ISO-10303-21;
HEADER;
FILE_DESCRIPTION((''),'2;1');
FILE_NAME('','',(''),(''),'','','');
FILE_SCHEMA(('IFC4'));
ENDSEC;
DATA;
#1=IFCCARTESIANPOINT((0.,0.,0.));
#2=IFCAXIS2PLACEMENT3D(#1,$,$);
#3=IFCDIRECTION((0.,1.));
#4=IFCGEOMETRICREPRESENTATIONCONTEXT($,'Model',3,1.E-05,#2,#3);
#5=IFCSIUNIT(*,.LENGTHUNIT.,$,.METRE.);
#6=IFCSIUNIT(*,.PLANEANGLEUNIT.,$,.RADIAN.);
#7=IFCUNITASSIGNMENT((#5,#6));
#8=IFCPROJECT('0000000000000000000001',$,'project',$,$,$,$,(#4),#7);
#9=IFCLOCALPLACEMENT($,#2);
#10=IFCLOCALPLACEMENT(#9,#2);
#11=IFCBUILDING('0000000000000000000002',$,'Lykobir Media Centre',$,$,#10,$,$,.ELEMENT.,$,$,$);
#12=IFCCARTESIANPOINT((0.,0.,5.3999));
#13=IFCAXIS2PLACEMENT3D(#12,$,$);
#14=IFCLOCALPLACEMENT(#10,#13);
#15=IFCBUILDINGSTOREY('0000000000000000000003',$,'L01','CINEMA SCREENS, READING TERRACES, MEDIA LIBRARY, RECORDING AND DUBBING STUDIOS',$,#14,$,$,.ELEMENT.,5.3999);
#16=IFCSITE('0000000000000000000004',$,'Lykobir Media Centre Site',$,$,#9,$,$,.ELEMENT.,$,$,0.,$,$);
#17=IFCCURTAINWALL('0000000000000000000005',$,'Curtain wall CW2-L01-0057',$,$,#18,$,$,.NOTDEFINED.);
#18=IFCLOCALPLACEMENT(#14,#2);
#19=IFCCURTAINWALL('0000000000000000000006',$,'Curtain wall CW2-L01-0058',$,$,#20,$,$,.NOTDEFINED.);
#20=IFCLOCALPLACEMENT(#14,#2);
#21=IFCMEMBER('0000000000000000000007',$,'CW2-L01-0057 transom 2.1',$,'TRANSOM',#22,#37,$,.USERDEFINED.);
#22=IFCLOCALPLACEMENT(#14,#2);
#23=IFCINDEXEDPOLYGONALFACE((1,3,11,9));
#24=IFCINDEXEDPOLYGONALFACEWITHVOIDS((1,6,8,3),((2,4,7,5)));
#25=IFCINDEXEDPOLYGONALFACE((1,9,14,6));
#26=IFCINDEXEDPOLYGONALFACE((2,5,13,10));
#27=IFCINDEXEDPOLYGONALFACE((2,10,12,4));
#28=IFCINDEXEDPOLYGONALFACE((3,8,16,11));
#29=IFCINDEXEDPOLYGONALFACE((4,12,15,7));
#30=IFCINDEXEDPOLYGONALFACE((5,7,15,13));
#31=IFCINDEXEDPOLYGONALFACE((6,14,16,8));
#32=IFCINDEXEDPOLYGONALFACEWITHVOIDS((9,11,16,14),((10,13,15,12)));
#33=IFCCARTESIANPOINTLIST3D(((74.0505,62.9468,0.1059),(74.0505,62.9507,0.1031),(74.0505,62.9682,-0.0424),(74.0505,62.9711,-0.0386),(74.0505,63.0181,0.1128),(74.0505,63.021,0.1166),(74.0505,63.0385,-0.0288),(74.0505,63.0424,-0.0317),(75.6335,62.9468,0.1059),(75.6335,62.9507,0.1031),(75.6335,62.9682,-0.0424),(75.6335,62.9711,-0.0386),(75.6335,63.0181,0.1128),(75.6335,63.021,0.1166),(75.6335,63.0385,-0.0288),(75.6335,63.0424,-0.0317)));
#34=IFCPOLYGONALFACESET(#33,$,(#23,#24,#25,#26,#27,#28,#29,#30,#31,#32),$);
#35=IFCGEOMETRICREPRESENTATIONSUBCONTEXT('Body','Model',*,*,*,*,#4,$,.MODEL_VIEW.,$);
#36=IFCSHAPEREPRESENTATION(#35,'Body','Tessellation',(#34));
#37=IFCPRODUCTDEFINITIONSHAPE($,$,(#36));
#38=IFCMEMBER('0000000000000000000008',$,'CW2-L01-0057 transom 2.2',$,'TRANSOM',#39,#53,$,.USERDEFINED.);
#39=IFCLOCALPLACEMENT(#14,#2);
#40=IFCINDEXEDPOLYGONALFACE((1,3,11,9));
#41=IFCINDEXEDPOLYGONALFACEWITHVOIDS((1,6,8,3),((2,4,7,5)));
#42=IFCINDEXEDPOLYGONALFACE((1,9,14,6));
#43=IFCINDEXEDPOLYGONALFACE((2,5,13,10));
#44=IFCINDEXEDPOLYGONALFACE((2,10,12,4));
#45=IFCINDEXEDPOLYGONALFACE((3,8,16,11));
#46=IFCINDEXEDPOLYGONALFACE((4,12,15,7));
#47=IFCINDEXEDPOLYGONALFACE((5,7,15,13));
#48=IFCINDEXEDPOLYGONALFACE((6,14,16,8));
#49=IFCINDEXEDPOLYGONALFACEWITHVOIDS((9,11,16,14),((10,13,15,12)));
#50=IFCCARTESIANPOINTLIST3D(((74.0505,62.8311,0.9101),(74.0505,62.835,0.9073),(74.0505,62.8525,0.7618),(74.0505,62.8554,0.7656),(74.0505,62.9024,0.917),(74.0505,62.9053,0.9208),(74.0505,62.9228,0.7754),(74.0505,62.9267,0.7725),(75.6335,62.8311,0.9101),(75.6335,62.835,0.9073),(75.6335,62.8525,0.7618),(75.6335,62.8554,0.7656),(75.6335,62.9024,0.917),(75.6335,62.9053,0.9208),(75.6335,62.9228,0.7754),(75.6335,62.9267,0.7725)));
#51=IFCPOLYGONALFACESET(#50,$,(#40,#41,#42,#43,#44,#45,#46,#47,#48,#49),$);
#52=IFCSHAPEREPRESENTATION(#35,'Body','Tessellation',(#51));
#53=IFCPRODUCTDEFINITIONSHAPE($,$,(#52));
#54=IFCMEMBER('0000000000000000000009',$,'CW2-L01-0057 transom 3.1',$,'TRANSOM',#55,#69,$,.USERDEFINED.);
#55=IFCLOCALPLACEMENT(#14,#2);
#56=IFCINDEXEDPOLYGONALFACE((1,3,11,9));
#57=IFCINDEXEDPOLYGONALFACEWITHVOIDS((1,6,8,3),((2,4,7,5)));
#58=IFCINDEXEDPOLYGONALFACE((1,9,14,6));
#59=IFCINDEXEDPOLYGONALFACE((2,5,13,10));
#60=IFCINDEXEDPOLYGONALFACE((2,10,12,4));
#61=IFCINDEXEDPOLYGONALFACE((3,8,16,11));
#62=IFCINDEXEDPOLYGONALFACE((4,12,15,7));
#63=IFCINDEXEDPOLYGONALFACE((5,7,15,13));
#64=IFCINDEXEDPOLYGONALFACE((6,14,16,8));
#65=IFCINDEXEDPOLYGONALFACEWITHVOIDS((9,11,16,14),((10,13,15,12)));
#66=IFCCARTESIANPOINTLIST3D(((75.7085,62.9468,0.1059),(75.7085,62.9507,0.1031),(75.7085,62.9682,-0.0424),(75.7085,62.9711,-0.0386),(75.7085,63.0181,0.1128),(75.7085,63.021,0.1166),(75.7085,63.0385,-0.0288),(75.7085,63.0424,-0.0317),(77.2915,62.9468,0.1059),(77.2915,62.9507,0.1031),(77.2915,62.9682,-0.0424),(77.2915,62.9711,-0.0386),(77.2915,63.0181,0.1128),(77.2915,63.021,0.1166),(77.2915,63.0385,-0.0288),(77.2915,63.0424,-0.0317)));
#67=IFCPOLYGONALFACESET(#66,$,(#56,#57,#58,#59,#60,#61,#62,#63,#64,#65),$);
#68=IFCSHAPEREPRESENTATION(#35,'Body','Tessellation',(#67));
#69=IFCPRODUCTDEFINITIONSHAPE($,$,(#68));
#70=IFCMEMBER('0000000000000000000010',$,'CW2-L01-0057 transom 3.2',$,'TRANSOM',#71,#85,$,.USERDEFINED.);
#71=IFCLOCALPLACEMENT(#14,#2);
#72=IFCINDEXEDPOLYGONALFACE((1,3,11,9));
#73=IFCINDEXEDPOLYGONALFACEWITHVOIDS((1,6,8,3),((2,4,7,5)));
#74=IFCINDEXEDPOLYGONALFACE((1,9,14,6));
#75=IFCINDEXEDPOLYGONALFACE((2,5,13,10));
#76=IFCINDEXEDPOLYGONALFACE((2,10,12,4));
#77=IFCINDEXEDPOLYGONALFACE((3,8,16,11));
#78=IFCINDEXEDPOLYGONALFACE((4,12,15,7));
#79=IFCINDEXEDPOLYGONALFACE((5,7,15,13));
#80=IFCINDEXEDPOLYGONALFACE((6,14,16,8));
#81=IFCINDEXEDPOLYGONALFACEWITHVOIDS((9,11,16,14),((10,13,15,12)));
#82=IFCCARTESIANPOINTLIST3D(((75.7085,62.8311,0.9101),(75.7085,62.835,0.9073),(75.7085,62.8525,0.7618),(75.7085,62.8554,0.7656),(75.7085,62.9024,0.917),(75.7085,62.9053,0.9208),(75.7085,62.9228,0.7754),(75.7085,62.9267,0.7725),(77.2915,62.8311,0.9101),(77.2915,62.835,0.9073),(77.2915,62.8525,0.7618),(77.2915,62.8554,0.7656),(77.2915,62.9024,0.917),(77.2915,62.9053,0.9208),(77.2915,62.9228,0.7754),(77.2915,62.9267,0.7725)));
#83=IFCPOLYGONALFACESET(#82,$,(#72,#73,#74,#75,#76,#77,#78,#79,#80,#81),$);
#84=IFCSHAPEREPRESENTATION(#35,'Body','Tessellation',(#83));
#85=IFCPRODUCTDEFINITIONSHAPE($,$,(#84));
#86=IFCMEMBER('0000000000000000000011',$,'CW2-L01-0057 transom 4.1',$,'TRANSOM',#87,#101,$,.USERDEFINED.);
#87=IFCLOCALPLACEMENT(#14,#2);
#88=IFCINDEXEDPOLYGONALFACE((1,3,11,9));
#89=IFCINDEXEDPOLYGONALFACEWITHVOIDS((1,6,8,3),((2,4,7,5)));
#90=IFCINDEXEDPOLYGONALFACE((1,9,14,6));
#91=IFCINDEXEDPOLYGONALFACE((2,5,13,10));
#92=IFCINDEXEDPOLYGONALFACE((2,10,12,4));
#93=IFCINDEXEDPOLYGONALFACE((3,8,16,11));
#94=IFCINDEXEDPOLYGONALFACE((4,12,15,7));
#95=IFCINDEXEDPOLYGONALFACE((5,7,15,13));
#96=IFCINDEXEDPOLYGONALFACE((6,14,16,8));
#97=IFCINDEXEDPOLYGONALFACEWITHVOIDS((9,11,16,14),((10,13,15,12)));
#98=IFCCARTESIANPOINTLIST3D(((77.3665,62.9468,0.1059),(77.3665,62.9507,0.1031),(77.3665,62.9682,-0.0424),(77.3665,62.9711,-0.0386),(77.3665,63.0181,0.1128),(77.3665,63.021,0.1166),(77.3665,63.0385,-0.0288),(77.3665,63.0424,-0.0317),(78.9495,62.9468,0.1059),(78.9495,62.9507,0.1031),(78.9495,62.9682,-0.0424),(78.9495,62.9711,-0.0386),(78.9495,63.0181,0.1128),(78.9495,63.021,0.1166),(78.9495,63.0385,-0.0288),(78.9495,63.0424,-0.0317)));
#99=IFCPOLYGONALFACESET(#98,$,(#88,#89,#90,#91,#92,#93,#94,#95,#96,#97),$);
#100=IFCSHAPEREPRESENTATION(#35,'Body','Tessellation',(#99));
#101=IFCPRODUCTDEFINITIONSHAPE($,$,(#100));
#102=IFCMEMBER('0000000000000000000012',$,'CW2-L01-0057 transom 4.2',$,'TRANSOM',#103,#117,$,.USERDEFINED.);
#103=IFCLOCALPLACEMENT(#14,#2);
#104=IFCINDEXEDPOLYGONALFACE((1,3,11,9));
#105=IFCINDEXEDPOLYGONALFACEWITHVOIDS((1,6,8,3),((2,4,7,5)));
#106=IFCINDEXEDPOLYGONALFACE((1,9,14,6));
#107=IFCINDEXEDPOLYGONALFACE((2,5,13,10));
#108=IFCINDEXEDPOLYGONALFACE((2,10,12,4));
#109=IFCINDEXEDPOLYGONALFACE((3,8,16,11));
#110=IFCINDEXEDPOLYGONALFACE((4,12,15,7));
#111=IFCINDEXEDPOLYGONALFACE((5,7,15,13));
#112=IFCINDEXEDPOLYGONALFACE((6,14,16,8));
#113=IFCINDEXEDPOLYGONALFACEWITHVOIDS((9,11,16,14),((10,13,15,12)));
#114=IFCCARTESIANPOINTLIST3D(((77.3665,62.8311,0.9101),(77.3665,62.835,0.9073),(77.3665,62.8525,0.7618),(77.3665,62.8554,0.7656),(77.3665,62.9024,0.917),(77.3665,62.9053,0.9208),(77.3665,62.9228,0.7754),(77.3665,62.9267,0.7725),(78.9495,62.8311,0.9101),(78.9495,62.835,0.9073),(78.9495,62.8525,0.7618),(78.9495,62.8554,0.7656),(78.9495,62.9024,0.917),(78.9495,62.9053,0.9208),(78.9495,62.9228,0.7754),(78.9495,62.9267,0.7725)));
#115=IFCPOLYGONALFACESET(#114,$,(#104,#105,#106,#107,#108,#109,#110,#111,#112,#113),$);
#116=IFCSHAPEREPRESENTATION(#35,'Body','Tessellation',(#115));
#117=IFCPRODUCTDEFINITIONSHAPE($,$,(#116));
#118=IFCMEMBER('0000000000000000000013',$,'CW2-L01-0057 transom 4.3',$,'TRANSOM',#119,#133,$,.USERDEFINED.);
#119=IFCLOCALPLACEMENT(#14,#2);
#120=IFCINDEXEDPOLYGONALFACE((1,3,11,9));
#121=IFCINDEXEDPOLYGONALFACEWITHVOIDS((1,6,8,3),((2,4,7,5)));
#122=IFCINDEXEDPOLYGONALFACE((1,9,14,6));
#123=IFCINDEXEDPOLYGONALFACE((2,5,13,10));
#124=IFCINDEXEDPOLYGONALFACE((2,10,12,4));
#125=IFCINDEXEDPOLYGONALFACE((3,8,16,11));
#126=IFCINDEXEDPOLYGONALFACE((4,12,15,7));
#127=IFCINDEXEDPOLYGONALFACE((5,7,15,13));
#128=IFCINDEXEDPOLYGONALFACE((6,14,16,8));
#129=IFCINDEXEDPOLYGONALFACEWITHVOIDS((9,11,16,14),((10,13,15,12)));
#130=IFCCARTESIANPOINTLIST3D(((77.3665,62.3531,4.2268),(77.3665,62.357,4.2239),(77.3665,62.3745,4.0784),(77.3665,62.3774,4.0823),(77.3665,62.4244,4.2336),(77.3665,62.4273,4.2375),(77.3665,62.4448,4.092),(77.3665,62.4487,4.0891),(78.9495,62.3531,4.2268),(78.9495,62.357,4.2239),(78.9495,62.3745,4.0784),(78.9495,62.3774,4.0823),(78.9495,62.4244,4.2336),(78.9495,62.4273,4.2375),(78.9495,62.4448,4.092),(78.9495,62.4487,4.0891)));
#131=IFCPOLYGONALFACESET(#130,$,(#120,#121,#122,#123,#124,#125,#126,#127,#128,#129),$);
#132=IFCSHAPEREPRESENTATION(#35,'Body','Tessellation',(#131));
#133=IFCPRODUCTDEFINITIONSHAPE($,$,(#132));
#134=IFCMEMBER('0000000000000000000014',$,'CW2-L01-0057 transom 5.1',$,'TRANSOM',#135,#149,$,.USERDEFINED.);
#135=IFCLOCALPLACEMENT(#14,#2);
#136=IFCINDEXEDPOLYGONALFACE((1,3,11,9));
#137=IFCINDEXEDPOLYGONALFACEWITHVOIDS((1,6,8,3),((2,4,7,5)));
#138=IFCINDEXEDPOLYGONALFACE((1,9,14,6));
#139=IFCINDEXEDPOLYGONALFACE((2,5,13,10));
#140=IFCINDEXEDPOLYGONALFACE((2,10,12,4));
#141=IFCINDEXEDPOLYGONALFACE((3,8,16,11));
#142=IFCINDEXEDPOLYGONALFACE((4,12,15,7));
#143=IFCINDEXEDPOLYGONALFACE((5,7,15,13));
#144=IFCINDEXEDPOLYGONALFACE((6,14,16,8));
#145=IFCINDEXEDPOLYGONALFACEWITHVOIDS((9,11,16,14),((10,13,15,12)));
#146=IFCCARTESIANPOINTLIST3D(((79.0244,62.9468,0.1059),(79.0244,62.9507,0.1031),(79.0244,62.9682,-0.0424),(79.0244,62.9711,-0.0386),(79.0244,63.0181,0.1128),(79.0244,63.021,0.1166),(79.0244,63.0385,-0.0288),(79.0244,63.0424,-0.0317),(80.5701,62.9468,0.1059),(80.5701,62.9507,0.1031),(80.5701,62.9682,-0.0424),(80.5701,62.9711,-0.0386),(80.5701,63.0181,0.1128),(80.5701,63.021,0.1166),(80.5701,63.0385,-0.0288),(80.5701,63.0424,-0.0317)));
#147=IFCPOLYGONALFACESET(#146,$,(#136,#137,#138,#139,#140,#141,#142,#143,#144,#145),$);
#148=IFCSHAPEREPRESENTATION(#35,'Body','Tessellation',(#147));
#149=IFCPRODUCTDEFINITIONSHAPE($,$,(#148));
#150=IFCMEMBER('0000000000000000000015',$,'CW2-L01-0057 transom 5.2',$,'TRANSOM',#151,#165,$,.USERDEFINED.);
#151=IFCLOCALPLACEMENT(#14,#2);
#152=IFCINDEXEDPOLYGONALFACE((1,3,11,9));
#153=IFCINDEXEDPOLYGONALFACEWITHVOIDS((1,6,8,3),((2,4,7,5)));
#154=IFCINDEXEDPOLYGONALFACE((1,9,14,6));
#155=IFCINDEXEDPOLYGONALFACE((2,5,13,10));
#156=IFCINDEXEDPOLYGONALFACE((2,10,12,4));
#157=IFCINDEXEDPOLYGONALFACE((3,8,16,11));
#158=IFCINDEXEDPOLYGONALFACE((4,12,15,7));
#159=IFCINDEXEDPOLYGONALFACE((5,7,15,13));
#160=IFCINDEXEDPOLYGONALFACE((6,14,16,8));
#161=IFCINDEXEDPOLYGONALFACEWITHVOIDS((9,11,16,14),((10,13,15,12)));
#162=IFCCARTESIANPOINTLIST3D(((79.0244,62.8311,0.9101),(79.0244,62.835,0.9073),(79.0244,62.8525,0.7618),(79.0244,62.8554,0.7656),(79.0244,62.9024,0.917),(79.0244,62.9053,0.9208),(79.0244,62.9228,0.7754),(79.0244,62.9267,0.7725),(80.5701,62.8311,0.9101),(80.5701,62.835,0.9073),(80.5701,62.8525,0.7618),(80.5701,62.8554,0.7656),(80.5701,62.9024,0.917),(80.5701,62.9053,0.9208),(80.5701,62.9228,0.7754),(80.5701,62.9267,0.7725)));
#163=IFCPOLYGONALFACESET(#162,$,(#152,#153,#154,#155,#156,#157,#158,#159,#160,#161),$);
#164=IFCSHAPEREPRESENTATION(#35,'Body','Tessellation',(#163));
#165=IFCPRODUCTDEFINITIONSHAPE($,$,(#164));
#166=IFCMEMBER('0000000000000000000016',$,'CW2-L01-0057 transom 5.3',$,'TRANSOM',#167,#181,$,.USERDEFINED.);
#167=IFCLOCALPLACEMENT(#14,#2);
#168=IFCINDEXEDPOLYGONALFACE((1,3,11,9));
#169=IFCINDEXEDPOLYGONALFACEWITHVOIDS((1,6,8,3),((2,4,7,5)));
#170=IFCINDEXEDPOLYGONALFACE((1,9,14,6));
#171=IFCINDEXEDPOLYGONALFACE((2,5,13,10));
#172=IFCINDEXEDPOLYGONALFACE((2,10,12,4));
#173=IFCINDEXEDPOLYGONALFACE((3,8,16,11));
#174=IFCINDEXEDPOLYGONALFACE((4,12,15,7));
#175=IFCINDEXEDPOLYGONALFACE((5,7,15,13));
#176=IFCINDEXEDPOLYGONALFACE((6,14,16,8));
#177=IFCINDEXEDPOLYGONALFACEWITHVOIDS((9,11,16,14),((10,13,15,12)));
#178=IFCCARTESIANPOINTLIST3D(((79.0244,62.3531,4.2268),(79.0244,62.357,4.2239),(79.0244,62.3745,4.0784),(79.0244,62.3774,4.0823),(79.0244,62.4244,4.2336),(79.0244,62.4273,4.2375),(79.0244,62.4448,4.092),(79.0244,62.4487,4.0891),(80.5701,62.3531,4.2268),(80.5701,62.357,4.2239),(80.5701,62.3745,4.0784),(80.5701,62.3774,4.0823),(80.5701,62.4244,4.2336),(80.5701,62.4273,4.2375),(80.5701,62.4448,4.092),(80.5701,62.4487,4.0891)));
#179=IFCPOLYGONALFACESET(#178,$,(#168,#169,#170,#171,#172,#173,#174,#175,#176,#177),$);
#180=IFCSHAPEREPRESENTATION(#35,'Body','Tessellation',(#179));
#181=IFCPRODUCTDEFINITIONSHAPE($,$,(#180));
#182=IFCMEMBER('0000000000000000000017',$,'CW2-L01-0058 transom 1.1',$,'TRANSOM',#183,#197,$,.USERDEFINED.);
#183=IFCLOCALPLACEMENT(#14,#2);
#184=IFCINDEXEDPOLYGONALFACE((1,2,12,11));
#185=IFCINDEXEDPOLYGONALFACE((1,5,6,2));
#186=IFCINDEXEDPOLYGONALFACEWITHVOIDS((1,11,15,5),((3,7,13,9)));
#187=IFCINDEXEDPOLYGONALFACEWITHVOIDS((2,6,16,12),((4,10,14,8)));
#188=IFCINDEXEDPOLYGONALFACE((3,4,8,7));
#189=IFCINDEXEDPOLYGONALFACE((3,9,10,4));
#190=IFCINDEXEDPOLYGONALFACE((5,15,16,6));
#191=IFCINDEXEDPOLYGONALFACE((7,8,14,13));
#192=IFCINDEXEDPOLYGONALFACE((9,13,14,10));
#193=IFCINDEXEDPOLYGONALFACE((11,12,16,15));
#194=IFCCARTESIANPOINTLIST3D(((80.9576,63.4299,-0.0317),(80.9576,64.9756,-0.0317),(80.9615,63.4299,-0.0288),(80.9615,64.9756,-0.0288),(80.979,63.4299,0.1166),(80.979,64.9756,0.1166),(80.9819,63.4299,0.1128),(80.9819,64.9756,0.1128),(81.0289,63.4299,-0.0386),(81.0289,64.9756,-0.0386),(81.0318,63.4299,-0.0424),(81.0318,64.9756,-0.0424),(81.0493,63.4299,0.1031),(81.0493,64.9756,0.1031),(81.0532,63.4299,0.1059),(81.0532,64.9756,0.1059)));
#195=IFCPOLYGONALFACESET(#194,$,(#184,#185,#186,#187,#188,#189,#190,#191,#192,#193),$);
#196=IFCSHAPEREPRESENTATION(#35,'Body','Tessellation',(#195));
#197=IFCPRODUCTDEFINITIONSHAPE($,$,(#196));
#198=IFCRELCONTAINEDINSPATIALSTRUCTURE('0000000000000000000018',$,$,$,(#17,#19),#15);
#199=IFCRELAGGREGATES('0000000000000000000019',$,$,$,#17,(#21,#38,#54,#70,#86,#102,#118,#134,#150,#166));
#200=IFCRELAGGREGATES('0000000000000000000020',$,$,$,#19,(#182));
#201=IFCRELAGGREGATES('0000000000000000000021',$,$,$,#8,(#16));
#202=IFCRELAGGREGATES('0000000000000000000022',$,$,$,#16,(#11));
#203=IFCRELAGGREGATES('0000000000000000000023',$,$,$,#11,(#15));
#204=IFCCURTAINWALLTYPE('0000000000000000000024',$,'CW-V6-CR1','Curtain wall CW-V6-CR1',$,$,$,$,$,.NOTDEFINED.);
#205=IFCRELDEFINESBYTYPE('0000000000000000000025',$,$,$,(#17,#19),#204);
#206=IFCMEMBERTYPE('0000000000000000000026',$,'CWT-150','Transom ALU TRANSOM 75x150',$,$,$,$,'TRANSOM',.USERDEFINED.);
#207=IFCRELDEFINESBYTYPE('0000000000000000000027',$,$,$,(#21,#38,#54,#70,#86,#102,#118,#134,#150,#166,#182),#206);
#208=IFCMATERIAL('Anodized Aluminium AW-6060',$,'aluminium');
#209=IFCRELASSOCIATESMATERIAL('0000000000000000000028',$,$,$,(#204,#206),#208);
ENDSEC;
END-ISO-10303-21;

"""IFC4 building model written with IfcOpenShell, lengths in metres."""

from ifc_helpers import new_model, si_unit, direction, frame, origin, origin_2d, place, context, subcontext, project, spatial, hollow_rectangle, extrude, material, material_profile, profile_set, type_object, element, aggregate, save


model = new_model("IFC4")

# Units and contexts
model_context = context("Model", 3, precision=1e-05, world=origin(), true_north=direction((0.0, 1.0)))
body_context = subcontext(model_context, "Body", "Model", "MODEL_VIEW")
ifc_project = project(units=[si_unit("LENGTHUNIT", "METRE"), si_unit("PLANEANGLEUNIT", "RADIAN")], contexts=[model_context])

# Site, building, storey
site_placement = place(None, origin())
site = spatial("IfcSite", under=ifc_project, at=site_placement, Name="Lykobir Media Centre Site", CompositionType="ELEMENT", RefElevation=0.0)
building_placement = place(site_placement, origin())
building = spatial("IfcBuilding", under=site, at=building_placement, Name="Lykobir Media Centre", CompositionType="ELEMENT")
storey_placement = place(building_placement, frame((0.0, 0.0, 5.3999)))
storey = spatial("IfcBuildingStorey", under=building, at=storey_placement, Name="L01", Description="CINEMA SCREENS, READING TERRACES, MEDIA LIBRARY, RECORDING AND DUBBING STUDIOS", CompositionType="ELEMENT", Elevation=5.3999)

# Curtain walls
ifc_material_1 = material(Name="Anodized Aluminium AW-6060", Category="aluminium")
curtain_wall_type = type_object("IfcCurtainWallType", Name="CW-V6-CR1", Description="Curtain wall CW-V6-CR1", PredefinedType="NOTDEFINED", material=ifc_material_1)
curtain_wall_1_placement = place(storey_placement, origin())
curtain_wall_1 = element("IfcCurtainWall", 1, at=curtain_wall_1_placement, inside=storey, type_object=curtain_wall_type, Name="Curtain wall CW2-L01-0057", PredefinedType="NOTDEFINED")
curtain_wall_2_placement = place(storey_placement, origin())
curtain_wall_2 = element("IfcCurtainWall", 2, at=curtain_wall_2_placement, inside=storey, type_object=curtain_wall_type, Name="Curtain wall CW2-L01-0058", PredefinedType="NOTDEFINED")

# Members
ifc_material_profile_1 = material_profile(ifc_material_1, hollow_rectangle(XDim=0.075, YDim=0.1499, WallThickness=0.0034, at=origin_2d()), Name="ALU TRANSOM 75x150")
ifc_profile_set_1 = profile_set([ifc_material_profile_1], Name="Anodized Aluminium AW-6060")
member_type_1 = type_object("IfcMemberType", Name="CWT-150", Description="Transom ALU TRANSOM 75x150", ElementType="TRANSOM", PredefinedType="USERDEFINED", material=ifc_profile_set_1)
member_1_placement = place(storey_placement, frame((74.0505, 62.9946, 0.0371), z_axis=(1.0, 0.0, 0.0), x_axis=(0.0, 0.989776, 0.142629)))
member_1 = element("IfcMember", 3, at=member_1_placement, type_object=member_type_1, Name="CW2-L01-0057 transom 2.1", ObjectType="TRANSOM", PredefinedType="USERDEFINED", context=body_context, shape_type="SweptSolid", body=[
    extrude(hollow_rectangle(XDim=0.075, YDim=0.1499, WallThickness=0.0034, at=origin_2d()), origin(), (0.0, 0.0, 1.0), 1.583),
])
member_2_placement = place(storey_placement, frame((74.0505, 62.8789, 0.8413), z_axis=(1.0, 0.0, 0.0), x_axis=(0.0, 0.989776, 0.142629)))
member_2 = element("IfcMember", 4, at=member_2_placement, type_object=member_type_1, Name="CW2-L01-0057 transom 2.2", ObjectType="TRANSOM", PredefinedType="USERDEFINED", context=body_context, shape_type="SweptSolid", body=[
    extrude(hollow_rectangle(XDim=0.075, YDim=0.1499, WallThickness=0.0034, at=origin_2d()), origin(), (0.0, 0.0, 1.0), 1.583),
])
member_3_placement = place(storey_placement, frame((75.7085, 62.9946, 0.0371), z_axis=(1.0, 0.0, 0.0), x_axis=(0.0, 0.989776, 0.142629)))
member_3 = element("IfcMember", 5, at=member_3_placement, type_object=member_type_1, Name="CW2-L01-0057 transom 3.1", ObjectType="TRANSOM", PredefinedType="USERDEFINED", context=body_context, shape_type="SweptSolid", body=[
    extrude(hollow_rectangle(XDim=0.075, YDim=0.1499, WallThickness=0.0034, at=origin_2d()), origin(), (0.0, 0.0, 1.0), 1.583),
])
member_4_placement = place(storey_placement, frame((75.7085, 62.8789, 0.8413), z_axis=(1.0, 0.0, 0.0), x_axis=(0.0, 0.989776, 0.142629)))
member_4 = element("IfcMember", 6, at=member_4_placement, type_object=member_type_1, Name="CW2-L01-0057 transom 3.2", ObjectType="TRANSOM", PredefinedType="USERDEFINED", context=body_context, shape_type="SweptSolid", body=[
    extrude(hollow_rectangle(XDim=0.075, YDim=0.1499, WallThickness=0.0034, at=origin_2d()), origin(), (0.0, 0.0, 1.0), 1.583),
])
member_5_placement = place(storey_placement, frame((77.3665, 62.9946, 0.0371), z_axis=(1.0, 0.0, 0.0), x_axis=(0.0, 0.989776, 0.142629)))
member_5 = element("IfcMember", 7, at=member_5_placement, type_object=member_type_1, Name="CW2-L01-0057 transom 4.1", ObjectType="TRANSOM", PredefinedType="USERDEFINED", context=body_context, shape_type="SweptSolid", body=[
    extrude(hollow_rectangle(XDim=0.075, YDim=0.1499, WallThickness=0.0034, at=origin_2d()), origin(), (0.0, 0.0, 1.0), 1.583),
])
member_6_placement = place(storey_placement, frame((77.3665, 62.8789, 0.8413), z_axis=(1.0, 0.0, 0.0), x_axis=(0.0, 0.989776, 0.142629)))
member_6 = element("IfcMember", 8, at=member_6_placement, type_object=member_type_1, Name="CW2-L01-0057 transom 4.2", ObjectType="TRANSOM", PredefinedType="USERDEFINED", context=body_context, shape_type="SweptSolid", body=[
    extrude(hollow_rectangle(XDim=0.075, YDim=0.1499, WallThickness=0.0034, at=origin_2d()), origin(), (0.0, 0.0, 1.0), 1.583),
])
member_7_placement = place(storey_placement, frame((77.3665, 62.4009, 4.158), z_axis=(1.0, 0.0, 0.0), x_axis=(0.0, 0.989776, 0.142629)))
member_7 = element("IfcMember", 9, at=member_7_placement, type_object=member_type_1, Name="CW2-L01-0057 transom 4.3", ObjectType="TRANSOM", PredefinedType="USERDEFINED", context=body_context, shape_type="SweptSolid", body=[
    extrude(hollow_rectangle(XDim=0.075, YDim=0.1499, WallThickness=0.0034, at=origin_2d()), origin(), (0.0, 0.0, 1.0), 1.583),
])
member_8_placement = place(storey_placement, frame((79.0244, 62.9946, 0.0371), z_axis=(1.0, 0.0, 0.0), x_axis=(0.0, 0.989776, 0.142629)))
member_8 = element("IfcMember", 10, at=member_8_placement, type_object=member_type_1, Name="CW2-L01-0057 transom 5.1", ObjectType="TRANSOM", PredefinedType="USERDEFINED", context=body_context, shape_type="SweptSolid", body=[
    extrude(hollow_rectangle(XDim=0.075, YDim=0.1499, WallThickness=0.0034, at=origin_2d()), origin(), (0.0, 0.0, 1.0), 1.5457),
])
member_9_placement = place(storey_placement, frame((79.0244, 62.8789, 0.8413), z_axis=(1.0, 0.0, 0.0), x_axis=(0.0, 0.989776, 0.142629)))
member_9 = element("IfcMember", 11, at=member_9_placement, type_object=member_type_1, Name="CW2-L01-0057 transom 5.2", ObjectType="TRANSOM", PredefinedType="USERDEFINED", context=body_context, shape_type="SweptSolid", body=[
    extrude(hollow_rectangle(XDim=0.075, YDim=0.1499, WallThickness=0.0034, at=origin_2d()), origin(), (0.0, 0.0, 1.0), 1.5457),
])
member_10_placement = place(storey_placement, frame((79.0244, 62.4009, 4.158), z_axis=(1.0, 0.0, 0.0), x_axis=(0.0, 0.989776, 0.142629)))
member_10 = element("IfcMember", 12, at=member_10_placement, type_object=member_type_1, Name="CW2-L01-0057 transom 5.3", ObjectType="TRANSOM", PredefinedType="USERDEFINED", context=body_context, shape_type="SweptSolid", body=[
    extrude(hollow_rectangle(XDim=0.075, YDim=0.1499, WallThickness=0.0034, at=origin_2d()), origin(), (0.0, 0.0, 1.0), 1.5457),
])
member_11_placement = place(storey_placement, frame((81.0054, 63.4299, 0.0371), z_axis=(0.0, 1.0, 0.0), x_axis=(-0.989776, 0.0, 0.142629)))
member_11 = element("IfcMember", 13, at=member_11_placement, type_object=member_type_1, Name="CW2-L01-0058 transom 1.1", ObjectType="TRANSOM", PredefinedType="USERDEFINED", context=body_context, shape_type="SweptSolid", body=[
    extrude(hollow_rectangle(XDim=0.075, YDim=0.1499, WallThickness=0.0034, at=origin_2d()), origin(), (0.0, 0.0, 1.0), 1.5457),
])

aggregate(curtain_wall_1, [member_1, member_2, member_3, member_4, member_5, member_6, member_7, member_8, member_9, member_10])
aggregate(curtain_wall_2, [member_11])

save(model, "model.ifc")
